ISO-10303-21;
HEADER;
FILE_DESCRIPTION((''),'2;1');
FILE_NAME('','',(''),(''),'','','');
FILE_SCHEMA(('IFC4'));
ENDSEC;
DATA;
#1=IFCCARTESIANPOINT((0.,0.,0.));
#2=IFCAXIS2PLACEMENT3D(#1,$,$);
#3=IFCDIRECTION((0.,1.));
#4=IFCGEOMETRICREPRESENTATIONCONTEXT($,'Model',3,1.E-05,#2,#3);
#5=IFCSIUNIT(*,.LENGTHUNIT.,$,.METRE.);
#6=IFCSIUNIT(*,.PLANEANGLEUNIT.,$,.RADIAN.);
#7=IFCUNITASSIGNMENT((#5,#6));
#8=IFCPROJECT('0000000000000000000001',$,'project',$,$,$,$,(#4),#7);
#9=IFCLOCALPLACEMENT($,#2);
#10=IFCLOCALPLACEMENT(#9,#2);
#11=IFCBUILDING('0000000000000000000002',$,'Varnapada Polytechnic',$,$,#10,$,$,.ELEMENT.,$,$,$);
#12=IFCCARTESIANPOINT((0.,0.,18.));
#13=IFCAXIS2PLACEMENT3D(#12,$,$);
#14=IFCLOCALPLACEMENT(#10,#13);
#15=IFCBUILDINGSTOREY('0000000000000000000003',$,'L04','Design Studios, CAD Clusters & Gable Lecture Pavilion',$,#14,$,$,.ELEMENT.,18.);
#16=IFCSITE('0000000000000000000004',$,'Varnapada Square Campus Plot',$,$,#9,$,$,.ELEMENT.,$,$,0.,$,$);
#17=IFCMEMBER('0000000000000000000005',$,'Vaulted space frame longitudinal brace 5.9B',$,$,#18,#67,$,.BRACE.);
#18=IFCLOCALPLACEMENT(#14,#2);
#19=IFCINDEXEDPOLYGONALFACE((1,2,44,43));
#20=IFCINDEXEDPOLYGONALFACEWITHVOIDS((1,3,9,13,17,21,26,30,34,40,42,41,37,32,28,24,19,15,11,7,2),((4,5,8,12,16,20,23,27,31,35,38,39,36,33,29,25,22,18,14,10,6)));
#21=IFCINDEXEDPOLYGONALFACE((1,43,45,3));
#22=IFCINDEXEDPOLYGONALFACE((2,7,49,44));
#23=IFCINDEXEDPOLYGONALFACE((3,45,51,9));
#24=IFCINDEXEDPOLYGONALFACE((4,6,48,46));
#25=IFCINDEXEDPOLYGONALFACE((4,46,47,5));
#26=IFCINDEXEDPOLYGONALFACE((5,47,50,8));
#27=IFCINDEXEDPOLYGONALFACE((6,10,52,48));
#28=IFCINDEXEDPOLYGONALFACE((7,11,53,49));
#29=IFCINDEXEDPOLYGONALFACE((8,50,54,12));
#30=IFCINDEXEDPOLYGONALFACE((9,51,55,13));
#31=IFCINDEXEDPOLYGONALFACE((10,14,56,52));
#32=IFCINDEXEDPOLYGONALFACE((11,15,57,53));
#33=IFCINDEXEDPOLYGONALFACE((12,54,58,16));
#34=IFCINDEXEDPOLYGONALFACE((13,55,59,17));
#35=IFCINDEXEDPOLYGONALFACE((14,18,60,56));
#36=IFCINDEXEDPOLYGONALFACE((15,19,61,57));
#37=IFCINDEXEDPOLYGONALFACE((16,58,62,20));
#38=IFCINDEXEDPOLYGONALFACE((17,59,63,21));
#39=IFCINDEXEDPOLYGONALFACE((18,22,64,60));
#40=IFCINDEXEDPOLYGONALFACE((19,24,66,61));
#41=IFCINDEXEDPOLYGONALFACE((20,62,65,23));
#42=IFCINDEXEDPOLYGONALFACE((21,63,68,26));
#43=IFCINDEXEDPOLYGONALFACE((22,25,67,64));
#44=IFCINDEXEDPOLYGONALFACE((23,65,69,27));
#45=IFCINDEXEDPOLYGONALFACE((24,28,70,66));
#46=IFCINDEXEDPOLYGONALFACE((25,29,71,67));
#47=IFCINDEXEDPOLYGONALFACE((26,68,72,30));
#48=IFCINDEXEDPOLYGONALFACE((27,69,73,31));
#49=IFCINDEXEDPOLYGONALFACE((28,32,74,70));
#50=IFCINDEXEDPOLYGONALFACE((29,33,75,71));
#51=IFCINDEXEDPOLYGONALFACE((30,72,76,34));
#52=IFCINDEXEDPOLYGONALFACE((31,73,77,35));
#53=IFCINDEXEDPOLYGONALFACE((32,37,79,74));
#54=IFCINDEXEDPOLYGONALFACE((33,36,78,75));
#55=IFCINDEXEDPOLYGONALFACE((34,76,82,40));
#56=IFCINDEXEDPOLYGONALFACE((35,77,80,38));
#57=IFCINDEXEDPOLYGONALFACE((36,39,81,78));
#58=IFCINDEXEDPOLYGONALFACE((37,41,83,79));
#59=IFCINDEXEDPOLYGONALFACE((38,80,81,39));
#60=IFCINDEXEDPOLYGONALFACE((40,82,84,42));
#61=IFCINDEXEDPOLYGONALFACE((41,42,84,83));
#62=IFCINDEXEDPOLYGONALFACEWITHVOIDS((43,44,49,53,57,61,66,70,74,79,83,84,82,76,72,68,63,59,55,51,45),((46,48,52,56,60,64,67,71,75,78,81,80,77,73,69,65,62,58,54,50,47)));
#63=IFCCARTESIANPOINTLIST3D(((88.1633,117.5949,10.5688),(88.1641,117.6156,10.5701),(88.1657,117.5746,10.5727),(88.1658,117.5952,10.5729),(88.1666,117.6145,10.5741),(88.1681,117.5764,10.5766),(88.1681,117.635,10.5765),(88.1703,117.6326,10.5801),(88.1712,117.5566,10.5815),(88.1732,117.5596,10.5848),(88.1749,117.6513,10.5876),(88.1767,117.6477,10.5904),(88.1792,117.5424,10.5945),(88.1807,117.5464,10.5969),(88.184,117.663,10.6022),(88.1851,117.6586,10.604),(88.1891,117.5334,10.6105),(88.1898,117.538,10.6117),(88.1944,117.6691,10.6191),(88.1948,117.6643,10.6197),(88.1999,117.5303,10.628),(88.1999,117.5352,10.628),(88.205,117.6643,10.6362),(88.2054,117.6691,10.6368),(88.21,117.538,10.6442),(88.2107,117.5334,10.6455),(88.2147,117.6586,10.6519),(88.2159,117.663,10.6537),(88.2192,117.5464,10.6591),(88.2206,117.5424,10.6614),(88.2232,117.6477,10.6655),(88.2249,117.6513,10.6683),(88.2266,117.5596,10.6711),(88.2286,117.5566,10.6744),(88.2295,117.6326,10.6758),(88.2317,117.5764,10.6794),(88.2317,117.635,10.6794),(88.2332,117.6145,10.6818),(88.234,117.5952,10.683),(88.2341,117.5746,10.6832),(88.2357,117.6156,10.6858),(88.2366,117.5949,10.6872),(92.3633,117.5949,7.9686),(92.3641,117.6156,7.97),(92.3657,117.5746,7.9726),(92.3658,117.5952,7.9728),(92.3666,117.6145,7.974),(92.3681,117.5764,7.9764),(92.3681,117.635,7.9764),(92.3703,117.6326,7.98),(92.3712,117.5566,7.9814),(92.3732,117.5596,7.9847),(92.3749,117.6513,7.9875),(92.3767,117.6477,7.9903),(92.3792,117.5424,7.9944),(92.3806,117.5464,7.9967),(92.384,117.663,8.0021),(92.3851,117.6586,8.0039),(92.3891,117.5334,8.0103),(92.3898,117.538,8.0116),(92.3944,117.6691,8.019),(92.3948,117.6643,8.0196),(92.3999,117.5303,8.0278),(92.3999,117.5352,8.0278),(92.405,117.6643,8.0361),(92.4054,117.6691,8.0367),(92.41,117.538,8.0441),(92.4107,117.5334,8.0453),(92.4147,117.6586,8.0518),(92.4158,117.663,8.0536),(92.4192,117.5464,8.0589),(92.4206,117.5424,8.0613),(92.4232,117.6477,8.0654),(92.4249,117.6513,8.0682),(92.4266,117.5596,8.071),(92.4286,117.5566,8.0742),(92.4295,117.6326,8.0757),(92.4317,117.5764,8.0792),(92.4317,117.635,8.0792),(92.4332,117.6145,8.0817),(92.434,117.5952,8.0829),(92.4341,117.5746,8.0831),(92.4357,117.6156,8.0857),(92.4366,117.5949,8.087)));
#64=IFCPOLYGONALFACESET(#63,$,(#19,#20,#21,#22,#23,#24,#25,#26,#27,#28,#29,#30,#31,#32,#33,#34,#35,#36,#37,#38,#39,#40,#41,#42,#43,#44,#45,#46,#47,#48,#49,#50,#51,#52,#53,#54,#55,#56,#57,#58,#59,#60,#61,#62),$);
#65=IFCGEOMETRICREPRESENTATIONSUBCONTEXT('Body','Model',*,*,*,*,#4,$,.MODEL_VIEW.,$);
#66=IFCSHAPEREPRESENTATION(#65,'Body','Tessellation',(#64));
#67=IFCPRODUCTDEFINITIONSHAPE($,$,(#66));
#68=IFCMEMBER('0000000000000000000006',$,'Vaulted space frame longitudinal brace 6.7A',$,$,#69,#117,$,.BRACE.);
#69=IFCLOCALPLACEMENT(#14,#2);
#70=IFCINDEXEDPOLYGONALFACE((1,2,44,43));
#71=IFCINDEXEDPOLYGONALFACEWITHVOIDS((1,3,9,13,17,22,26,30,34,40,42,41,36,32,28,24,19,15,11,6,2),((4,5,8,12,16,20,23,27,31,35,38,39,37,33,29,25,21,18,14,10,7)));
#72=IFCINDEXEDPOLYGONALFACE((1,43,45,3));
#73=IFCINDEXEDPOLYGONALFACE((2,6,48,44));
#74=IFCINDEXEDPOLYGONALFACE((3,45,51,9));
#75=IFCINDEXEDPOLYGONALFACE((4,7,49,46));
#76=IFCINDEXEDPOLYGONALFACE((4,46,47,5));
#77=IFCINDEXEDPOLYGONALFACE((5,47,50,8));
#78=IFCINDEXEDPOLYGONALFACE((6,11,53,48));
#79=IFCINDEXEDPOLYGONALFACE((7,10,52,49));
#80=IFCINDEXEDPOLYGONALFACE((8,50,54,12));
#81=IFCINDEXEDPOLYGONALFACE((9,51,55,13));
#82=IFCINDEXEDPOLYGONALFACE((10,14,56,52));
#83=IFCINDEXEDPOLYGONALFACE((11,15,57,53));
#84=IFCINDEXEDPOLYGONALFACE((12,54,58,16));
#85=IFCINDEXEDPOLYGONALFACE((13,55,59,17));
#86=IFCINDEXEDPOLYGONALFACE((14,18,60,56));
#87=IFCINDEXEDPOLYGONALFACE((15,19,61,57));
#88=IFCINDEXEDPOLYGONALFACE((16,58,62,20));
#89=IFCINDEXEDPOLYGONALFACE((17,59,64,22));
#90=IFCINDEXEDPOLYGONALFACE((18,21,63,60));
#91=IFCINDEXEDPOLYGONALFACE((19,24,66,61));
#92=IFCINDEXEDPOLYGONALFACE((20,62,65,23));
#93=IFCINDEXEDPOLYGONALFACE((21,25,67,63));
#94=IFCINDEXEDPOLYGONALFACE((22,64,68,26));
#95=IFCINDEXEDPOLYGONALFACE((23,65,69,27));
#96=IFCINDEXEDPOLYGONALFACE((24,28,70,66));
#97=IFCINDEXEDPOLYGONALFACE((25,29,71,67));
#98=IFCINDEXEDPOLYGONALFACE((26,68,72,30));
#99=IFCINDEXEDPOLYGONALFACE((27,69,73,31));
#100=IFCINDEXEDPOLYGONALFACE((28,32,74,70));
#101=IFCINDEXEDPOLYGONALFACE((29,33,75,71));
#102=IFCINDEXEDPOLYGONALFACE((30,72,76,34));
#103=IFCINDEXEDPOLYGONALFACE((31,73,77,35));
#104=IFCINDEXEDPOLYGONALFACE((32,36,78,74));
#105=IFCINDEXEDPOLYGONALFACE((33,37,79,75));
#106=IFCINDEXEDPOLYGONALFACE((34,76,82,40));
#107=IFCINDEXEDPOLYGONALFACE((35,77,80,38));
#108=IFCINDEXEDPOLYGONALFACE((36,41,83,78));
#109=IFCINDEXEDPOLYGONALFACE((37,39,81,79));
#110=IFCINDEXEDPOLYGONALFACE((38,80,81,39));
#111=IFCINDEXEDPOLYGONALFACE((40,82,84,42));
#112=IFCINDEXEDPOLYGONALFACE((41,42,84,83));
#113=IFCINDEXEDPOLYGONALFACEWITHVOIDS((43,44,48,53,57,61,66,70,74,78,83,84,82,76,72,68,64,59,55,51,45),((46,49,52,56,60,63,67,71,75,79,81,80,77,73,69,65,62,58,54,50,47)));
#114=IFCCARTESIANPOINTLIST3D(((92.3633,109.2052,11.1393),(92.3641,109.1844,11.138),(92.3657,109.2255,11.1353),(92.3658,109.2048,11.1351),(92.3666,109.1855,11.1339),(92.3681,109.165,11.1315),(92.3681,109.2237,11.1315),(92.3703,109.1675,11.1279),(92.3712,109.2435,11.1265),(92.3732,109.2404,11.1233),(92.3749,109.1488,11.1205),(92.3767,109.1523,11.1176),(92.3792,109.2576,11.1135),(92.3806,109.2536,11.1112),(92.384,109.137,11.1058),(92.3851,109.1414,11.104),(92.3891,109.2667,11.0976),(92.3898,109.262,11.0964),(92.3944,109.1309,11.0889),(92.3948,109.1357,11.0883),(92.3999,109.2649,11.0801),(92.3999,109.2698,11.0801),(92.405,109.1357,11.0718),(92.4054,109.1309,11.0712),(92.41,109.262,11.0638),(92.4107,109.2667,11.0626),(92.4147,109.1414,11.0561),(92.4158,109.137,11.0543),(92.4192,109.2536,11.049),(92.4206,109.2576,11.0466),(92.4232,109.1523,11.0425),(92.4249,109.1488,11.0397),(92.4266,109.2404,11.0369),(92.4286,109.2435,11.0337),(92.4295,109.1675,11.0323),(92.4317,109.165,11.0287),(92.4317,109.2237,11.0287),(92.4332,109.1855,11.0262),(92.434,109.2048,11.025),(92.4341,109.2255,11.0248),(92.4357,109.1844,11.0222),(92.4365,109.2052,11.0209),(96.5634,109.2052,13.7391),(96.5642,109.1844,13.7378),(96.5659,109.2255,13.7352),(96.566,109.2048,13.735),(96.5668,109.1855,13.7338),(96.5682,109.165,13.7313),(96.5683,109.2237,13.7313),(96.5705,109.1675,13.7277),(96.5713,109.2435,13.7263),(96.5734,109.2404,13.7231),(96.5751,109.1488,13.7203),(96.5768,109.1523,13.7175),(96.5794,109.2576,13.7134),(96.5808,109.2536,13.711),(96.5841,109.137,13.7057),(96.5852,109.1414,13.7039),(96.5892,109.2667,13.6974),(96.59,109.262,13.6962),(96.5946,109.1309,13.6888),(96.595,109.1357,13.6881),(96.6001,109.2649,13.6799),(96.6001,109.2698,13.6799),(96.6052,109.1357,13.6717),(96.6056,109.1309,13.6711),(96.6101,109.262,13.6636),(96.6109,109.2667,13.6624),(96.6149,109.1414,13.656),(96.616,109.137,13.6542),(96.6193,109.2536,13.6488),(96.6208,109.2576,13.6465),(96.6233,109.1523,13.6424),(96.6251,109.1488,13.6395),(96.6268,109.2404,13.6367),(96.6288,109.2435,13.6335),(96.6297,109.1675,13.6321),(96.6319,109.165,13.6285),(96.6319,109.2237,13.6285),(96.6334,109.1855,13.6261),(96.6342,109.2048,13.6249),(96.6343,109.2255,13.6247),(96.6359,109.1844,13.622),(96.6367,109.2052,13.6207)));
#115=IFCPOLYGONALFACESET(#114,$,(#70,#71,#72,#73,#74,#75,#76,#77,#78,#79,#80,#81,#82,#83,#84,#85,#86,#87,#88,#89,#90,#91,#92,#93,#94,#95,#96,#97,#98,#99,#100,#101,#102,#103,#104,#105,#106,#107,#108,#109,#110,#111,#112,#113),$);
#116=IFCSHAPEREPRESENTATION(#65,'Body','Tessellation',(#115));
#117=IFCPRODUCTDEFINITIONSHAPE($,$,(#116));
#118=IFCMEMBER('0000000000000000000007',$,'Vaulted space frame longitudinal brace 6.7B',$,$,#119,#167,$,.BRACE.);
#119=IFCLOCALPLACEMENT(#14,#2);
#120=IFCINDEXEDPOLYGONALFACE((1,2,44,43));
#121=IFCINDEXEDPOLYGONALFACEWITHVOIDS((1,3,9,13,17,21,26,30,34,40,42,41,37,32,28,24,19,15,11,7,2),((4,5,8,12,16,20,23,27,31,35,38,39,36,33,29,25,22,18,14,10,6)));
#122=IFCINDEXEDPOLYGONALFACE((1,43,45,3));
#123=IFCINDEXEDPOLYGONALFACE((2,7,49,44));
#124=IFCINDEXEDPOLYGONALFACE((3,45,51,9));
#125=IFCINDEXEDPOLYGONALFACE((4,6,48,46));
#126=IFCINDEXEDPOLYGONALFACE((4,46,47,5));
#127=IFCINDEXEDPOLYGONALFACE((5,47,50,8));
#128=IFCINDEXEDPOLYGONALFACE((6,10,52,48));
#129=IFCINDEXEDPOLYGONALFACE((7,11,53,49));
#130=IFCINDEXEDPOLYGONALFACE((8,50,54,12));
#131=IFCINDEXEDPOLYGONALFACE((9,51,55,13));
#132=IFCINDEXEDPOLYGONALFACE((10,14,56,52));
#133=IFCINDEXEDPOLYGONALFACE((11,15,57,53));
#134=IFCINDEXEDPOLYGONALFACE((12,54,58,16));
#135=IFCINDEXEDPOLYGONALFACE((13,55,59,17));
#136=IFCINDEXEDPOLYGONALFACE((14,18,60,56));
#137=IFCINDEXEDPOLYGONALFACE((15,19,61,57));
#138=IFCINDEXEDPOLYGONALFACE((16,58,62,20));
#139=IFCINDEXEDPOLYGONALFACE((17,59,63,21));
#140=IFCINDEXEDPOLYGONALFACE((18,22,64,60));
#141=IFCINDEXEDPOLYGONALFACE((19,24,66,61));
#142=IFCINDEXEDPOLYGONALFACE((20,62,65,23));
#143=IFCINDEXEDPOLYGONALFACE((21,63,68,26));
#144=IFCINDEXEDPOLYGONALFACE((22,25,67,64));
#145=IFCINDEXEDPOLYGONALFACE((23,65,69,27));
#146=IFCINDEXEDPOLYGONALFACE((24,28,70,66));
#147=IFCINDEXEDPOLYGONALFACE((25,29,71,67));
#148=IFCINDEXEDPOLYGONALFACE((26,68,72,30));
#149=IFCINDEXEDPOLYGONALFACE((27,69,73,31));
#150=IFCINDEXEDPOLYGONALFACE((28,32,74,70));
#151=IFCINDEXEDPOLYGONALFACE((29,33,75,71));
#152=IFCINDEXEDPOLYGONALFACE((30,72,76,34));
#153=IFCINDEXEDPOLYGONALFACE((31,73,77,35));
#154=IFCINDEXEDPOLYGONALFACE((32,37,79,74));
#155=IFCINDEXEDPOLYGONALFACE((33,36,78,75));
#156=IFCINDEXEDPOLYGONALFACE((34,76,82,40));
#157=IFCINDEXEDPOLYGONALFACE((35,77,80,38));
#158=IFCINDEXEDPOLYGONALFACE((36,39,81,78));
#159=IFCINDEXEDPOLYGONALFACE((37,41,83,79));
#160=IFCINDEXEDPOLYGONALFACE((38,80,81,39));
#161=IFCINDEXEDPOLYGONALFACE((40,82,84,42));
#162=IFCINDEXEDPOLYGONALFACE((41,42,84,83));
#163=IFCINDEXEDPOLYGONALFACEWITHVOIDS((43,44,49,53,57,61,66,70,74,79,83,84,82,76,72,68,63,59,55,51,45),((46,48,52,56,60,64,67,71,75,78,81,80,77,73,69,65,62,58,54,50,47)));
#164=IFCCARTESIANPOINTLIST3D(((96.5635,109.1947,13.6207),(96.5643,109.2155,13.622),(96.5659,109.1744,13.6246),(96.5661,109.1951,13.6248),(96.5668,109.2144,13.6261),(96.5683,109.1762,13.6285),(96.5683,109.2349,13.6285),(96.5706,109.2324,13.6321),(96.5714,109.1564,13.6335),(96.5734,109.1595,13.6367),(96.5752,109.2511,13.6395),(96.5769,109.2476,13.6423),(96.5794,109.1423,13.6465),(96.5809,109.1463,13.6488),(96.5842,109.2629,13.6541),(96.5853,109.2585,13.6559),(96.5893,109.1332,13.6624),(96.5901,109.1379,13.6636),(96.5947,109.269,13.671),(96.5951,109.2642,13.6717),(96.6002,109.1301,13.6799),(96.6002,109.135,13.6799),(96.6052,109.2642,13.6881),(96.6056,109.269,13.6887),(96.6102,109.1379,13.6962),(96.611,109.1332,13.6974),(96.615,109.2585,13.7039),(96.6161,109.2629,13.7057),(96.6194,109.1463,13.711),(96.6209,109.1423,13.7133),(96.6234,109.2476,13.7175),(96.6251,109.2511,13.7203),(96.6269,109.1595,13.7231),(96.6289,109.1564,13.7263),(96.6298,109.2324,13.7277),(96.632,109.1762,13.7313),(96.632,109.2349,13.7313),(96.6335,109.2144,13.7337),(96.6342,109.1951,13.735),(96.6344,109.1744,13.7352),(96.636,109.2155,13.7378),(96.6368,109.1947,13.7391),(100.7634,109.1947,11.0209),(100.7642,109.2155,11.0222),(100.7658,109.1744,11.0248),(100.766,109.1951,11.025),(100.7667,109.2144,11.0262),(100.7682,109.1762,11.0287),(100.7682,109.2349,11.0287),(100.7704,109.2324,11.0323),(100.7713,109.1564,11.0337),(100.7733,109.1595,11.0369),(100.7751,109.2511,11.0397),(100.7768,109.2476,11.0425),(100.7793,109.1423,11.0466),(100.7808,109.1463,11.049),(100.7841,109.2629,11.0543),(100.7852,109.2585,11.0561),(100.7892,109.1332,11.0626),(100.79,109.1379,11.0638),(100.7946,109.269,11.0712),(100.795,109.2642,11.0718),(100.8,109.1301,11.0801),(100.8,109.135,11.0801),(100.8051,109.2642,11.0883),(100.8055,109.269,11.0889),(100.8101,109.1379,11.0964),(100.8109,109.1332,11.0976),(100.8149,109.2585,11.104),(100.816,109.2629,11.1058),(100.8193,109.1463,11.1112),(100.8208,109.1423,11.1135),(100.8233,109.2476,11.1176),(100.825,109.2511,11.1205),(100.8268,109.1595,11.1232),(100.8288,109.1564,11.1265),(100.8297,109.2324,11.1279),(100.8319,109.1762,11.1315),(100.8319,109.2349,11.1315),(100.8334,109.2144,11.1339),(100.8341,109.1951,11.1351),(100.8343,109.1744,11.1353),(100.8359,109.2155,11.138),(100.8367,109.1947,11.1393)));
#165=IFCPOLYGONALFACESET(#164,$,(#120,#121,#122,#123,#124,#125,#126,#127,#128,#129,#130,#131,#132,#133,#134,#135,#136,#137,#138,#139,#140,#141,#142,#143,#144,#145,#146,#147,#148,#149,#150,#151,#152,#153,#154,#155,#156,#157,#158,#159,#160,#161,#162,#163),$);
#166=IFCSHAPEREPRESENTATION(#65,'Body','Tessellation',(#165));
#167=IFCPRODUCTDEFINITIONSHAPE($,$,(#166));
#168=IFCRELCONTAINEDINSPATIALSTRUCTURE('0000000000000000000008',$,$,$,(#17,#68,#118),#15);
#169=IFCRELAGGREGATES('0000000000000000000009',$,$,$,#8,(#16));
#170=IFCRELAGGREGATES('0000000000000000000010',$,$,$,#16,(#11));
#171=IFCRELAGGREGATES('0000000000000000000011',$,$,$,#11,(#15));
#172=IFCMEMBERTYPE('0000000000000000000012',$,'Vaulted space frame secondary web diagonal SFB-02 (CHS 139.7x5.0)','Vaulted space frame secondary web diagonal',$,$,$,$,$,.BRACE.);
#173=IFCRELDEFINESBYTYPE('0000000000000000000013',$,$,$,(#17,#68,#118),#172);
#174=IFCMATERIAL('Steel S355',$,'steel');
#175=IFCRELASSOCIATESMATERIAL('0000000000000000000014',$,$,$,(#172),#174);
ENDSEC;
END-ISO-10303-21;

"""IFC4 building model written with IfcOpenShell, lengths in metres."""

from ifc_helpers import new_model, si_unit, direction, frame, origin, origin_2d, place, context, subcontext, project, spatial, hollow_circle, extrude, material, material_profile, profile_set, type_object, element, save


model = new_model("IFC4")

# Units and contexts
model_context = context("Model", 3, precision=1e-05, world=origin(), true_north=direction((0.0, 1.0)))
body_context = subcontext(model_context, "Body", "Model", "MODEL_VIEW")
ifc_project = project(units=[si_unit("LENGTHUNIT", "METRE"), si_unit("PLANEANGLEUNIT", "RADIAN")], contexts=[model_context])

# Site, building, storey
site_placement = place(None, origin())
site = spatial("IfcSite", under=ifc_project, at=site_placement, Name="Varnapada Square Campus Plot", CompositionType="ELEMENT", RefElevation=0.0)
building_placement = place(site_placement, origin())
building = spatial("IfcBuilding", under=site, at=building_placement, Name="Varnapada Polytechnic", CompositionType="ELEMENT")
storey_placement = place(building_placement, frame((0.0, 0.0, 18.0)))
storey = spatial("IfcBuildingStorey", under=building, at=storey_placement, Name="L04", Description="Design Studios, CAD Clusters & Gable Lecture Pavilion", CompositionType="ELEMENT", Elevation=18.0)

# Shared definitions
ifc_material = material(Name="Steel S355", Category="steel")

# Members
ifc_material_profile_1 = material_profile(ifc_material, hollow_circle(Radius=0.0698, WallThickness=0.0049, at=origin_2d()), Name="CHS 139.7x5.0")
ifc_profile_set_1 = profile_set([ifc_material_profile_1], Name="Steel S355")
member_type_1 = type_object("IfcMemberType", Name="Vaulted space frame secondary web diagonal SFB-02 (CHS 139.7x5.0)", Description="Vaulted space frame secondary web diagonal", PredefinedType="BRACE", material=ifc_profile_set_1)
for number, where, z_axis, x_axis, name in (
    (1, (92.3999, 117.6001, 8.0278), (-0.850254, 0.0, 0.526373), (0.0, -1.0, 0.0), "Vaulted space frame longitudinal brace 5.9B"),
    (2, (92.3999, 109.2, 11.0801), (0.850289, 0.0, 0.526315), (0.0, 1.0, 0.0), "Vaulted space frame longitudinal brace 6.7A"),
):
    element("IfcMember", number, at=place(storey_placement, frame(where, z_axis=z_axis, x_axis=x_axis)), inside=storey, type_object=member_type_1, Name=name, PredefinedType="BRACE", context=body_context, shape_type="SweptSolid", body=[
        extrude(hollow_circle(Radius=0.0698, WallThickness=0.0049, at=origin_2d()), origin(), (0.0, 0.0, 1.0), 4.9397),
    ])
member_1_placement = place(storey_placement, frame((100.8, 109.2, 11.0801), z_axis=(-0.850276, 0.0, 0.526338), x_axis=(0.0, -1.0, 0.0)))
element("IfcMember", 3, at=member_1_placement, inside=storey, type_object=member_type_1, Name="Vaulted space frame longitudinal brace 6.7B", PredefinedType="BRACE", context=body_context, shape_type="SweptSolid", body=[
    extrude(hollow_circle(Radius=0.0698, WallThickness=0.0049, at=origin_2d()), origin(), (0.0, 0.0, 1.0), 4.9395),
])

save(model, "model.ifc")
